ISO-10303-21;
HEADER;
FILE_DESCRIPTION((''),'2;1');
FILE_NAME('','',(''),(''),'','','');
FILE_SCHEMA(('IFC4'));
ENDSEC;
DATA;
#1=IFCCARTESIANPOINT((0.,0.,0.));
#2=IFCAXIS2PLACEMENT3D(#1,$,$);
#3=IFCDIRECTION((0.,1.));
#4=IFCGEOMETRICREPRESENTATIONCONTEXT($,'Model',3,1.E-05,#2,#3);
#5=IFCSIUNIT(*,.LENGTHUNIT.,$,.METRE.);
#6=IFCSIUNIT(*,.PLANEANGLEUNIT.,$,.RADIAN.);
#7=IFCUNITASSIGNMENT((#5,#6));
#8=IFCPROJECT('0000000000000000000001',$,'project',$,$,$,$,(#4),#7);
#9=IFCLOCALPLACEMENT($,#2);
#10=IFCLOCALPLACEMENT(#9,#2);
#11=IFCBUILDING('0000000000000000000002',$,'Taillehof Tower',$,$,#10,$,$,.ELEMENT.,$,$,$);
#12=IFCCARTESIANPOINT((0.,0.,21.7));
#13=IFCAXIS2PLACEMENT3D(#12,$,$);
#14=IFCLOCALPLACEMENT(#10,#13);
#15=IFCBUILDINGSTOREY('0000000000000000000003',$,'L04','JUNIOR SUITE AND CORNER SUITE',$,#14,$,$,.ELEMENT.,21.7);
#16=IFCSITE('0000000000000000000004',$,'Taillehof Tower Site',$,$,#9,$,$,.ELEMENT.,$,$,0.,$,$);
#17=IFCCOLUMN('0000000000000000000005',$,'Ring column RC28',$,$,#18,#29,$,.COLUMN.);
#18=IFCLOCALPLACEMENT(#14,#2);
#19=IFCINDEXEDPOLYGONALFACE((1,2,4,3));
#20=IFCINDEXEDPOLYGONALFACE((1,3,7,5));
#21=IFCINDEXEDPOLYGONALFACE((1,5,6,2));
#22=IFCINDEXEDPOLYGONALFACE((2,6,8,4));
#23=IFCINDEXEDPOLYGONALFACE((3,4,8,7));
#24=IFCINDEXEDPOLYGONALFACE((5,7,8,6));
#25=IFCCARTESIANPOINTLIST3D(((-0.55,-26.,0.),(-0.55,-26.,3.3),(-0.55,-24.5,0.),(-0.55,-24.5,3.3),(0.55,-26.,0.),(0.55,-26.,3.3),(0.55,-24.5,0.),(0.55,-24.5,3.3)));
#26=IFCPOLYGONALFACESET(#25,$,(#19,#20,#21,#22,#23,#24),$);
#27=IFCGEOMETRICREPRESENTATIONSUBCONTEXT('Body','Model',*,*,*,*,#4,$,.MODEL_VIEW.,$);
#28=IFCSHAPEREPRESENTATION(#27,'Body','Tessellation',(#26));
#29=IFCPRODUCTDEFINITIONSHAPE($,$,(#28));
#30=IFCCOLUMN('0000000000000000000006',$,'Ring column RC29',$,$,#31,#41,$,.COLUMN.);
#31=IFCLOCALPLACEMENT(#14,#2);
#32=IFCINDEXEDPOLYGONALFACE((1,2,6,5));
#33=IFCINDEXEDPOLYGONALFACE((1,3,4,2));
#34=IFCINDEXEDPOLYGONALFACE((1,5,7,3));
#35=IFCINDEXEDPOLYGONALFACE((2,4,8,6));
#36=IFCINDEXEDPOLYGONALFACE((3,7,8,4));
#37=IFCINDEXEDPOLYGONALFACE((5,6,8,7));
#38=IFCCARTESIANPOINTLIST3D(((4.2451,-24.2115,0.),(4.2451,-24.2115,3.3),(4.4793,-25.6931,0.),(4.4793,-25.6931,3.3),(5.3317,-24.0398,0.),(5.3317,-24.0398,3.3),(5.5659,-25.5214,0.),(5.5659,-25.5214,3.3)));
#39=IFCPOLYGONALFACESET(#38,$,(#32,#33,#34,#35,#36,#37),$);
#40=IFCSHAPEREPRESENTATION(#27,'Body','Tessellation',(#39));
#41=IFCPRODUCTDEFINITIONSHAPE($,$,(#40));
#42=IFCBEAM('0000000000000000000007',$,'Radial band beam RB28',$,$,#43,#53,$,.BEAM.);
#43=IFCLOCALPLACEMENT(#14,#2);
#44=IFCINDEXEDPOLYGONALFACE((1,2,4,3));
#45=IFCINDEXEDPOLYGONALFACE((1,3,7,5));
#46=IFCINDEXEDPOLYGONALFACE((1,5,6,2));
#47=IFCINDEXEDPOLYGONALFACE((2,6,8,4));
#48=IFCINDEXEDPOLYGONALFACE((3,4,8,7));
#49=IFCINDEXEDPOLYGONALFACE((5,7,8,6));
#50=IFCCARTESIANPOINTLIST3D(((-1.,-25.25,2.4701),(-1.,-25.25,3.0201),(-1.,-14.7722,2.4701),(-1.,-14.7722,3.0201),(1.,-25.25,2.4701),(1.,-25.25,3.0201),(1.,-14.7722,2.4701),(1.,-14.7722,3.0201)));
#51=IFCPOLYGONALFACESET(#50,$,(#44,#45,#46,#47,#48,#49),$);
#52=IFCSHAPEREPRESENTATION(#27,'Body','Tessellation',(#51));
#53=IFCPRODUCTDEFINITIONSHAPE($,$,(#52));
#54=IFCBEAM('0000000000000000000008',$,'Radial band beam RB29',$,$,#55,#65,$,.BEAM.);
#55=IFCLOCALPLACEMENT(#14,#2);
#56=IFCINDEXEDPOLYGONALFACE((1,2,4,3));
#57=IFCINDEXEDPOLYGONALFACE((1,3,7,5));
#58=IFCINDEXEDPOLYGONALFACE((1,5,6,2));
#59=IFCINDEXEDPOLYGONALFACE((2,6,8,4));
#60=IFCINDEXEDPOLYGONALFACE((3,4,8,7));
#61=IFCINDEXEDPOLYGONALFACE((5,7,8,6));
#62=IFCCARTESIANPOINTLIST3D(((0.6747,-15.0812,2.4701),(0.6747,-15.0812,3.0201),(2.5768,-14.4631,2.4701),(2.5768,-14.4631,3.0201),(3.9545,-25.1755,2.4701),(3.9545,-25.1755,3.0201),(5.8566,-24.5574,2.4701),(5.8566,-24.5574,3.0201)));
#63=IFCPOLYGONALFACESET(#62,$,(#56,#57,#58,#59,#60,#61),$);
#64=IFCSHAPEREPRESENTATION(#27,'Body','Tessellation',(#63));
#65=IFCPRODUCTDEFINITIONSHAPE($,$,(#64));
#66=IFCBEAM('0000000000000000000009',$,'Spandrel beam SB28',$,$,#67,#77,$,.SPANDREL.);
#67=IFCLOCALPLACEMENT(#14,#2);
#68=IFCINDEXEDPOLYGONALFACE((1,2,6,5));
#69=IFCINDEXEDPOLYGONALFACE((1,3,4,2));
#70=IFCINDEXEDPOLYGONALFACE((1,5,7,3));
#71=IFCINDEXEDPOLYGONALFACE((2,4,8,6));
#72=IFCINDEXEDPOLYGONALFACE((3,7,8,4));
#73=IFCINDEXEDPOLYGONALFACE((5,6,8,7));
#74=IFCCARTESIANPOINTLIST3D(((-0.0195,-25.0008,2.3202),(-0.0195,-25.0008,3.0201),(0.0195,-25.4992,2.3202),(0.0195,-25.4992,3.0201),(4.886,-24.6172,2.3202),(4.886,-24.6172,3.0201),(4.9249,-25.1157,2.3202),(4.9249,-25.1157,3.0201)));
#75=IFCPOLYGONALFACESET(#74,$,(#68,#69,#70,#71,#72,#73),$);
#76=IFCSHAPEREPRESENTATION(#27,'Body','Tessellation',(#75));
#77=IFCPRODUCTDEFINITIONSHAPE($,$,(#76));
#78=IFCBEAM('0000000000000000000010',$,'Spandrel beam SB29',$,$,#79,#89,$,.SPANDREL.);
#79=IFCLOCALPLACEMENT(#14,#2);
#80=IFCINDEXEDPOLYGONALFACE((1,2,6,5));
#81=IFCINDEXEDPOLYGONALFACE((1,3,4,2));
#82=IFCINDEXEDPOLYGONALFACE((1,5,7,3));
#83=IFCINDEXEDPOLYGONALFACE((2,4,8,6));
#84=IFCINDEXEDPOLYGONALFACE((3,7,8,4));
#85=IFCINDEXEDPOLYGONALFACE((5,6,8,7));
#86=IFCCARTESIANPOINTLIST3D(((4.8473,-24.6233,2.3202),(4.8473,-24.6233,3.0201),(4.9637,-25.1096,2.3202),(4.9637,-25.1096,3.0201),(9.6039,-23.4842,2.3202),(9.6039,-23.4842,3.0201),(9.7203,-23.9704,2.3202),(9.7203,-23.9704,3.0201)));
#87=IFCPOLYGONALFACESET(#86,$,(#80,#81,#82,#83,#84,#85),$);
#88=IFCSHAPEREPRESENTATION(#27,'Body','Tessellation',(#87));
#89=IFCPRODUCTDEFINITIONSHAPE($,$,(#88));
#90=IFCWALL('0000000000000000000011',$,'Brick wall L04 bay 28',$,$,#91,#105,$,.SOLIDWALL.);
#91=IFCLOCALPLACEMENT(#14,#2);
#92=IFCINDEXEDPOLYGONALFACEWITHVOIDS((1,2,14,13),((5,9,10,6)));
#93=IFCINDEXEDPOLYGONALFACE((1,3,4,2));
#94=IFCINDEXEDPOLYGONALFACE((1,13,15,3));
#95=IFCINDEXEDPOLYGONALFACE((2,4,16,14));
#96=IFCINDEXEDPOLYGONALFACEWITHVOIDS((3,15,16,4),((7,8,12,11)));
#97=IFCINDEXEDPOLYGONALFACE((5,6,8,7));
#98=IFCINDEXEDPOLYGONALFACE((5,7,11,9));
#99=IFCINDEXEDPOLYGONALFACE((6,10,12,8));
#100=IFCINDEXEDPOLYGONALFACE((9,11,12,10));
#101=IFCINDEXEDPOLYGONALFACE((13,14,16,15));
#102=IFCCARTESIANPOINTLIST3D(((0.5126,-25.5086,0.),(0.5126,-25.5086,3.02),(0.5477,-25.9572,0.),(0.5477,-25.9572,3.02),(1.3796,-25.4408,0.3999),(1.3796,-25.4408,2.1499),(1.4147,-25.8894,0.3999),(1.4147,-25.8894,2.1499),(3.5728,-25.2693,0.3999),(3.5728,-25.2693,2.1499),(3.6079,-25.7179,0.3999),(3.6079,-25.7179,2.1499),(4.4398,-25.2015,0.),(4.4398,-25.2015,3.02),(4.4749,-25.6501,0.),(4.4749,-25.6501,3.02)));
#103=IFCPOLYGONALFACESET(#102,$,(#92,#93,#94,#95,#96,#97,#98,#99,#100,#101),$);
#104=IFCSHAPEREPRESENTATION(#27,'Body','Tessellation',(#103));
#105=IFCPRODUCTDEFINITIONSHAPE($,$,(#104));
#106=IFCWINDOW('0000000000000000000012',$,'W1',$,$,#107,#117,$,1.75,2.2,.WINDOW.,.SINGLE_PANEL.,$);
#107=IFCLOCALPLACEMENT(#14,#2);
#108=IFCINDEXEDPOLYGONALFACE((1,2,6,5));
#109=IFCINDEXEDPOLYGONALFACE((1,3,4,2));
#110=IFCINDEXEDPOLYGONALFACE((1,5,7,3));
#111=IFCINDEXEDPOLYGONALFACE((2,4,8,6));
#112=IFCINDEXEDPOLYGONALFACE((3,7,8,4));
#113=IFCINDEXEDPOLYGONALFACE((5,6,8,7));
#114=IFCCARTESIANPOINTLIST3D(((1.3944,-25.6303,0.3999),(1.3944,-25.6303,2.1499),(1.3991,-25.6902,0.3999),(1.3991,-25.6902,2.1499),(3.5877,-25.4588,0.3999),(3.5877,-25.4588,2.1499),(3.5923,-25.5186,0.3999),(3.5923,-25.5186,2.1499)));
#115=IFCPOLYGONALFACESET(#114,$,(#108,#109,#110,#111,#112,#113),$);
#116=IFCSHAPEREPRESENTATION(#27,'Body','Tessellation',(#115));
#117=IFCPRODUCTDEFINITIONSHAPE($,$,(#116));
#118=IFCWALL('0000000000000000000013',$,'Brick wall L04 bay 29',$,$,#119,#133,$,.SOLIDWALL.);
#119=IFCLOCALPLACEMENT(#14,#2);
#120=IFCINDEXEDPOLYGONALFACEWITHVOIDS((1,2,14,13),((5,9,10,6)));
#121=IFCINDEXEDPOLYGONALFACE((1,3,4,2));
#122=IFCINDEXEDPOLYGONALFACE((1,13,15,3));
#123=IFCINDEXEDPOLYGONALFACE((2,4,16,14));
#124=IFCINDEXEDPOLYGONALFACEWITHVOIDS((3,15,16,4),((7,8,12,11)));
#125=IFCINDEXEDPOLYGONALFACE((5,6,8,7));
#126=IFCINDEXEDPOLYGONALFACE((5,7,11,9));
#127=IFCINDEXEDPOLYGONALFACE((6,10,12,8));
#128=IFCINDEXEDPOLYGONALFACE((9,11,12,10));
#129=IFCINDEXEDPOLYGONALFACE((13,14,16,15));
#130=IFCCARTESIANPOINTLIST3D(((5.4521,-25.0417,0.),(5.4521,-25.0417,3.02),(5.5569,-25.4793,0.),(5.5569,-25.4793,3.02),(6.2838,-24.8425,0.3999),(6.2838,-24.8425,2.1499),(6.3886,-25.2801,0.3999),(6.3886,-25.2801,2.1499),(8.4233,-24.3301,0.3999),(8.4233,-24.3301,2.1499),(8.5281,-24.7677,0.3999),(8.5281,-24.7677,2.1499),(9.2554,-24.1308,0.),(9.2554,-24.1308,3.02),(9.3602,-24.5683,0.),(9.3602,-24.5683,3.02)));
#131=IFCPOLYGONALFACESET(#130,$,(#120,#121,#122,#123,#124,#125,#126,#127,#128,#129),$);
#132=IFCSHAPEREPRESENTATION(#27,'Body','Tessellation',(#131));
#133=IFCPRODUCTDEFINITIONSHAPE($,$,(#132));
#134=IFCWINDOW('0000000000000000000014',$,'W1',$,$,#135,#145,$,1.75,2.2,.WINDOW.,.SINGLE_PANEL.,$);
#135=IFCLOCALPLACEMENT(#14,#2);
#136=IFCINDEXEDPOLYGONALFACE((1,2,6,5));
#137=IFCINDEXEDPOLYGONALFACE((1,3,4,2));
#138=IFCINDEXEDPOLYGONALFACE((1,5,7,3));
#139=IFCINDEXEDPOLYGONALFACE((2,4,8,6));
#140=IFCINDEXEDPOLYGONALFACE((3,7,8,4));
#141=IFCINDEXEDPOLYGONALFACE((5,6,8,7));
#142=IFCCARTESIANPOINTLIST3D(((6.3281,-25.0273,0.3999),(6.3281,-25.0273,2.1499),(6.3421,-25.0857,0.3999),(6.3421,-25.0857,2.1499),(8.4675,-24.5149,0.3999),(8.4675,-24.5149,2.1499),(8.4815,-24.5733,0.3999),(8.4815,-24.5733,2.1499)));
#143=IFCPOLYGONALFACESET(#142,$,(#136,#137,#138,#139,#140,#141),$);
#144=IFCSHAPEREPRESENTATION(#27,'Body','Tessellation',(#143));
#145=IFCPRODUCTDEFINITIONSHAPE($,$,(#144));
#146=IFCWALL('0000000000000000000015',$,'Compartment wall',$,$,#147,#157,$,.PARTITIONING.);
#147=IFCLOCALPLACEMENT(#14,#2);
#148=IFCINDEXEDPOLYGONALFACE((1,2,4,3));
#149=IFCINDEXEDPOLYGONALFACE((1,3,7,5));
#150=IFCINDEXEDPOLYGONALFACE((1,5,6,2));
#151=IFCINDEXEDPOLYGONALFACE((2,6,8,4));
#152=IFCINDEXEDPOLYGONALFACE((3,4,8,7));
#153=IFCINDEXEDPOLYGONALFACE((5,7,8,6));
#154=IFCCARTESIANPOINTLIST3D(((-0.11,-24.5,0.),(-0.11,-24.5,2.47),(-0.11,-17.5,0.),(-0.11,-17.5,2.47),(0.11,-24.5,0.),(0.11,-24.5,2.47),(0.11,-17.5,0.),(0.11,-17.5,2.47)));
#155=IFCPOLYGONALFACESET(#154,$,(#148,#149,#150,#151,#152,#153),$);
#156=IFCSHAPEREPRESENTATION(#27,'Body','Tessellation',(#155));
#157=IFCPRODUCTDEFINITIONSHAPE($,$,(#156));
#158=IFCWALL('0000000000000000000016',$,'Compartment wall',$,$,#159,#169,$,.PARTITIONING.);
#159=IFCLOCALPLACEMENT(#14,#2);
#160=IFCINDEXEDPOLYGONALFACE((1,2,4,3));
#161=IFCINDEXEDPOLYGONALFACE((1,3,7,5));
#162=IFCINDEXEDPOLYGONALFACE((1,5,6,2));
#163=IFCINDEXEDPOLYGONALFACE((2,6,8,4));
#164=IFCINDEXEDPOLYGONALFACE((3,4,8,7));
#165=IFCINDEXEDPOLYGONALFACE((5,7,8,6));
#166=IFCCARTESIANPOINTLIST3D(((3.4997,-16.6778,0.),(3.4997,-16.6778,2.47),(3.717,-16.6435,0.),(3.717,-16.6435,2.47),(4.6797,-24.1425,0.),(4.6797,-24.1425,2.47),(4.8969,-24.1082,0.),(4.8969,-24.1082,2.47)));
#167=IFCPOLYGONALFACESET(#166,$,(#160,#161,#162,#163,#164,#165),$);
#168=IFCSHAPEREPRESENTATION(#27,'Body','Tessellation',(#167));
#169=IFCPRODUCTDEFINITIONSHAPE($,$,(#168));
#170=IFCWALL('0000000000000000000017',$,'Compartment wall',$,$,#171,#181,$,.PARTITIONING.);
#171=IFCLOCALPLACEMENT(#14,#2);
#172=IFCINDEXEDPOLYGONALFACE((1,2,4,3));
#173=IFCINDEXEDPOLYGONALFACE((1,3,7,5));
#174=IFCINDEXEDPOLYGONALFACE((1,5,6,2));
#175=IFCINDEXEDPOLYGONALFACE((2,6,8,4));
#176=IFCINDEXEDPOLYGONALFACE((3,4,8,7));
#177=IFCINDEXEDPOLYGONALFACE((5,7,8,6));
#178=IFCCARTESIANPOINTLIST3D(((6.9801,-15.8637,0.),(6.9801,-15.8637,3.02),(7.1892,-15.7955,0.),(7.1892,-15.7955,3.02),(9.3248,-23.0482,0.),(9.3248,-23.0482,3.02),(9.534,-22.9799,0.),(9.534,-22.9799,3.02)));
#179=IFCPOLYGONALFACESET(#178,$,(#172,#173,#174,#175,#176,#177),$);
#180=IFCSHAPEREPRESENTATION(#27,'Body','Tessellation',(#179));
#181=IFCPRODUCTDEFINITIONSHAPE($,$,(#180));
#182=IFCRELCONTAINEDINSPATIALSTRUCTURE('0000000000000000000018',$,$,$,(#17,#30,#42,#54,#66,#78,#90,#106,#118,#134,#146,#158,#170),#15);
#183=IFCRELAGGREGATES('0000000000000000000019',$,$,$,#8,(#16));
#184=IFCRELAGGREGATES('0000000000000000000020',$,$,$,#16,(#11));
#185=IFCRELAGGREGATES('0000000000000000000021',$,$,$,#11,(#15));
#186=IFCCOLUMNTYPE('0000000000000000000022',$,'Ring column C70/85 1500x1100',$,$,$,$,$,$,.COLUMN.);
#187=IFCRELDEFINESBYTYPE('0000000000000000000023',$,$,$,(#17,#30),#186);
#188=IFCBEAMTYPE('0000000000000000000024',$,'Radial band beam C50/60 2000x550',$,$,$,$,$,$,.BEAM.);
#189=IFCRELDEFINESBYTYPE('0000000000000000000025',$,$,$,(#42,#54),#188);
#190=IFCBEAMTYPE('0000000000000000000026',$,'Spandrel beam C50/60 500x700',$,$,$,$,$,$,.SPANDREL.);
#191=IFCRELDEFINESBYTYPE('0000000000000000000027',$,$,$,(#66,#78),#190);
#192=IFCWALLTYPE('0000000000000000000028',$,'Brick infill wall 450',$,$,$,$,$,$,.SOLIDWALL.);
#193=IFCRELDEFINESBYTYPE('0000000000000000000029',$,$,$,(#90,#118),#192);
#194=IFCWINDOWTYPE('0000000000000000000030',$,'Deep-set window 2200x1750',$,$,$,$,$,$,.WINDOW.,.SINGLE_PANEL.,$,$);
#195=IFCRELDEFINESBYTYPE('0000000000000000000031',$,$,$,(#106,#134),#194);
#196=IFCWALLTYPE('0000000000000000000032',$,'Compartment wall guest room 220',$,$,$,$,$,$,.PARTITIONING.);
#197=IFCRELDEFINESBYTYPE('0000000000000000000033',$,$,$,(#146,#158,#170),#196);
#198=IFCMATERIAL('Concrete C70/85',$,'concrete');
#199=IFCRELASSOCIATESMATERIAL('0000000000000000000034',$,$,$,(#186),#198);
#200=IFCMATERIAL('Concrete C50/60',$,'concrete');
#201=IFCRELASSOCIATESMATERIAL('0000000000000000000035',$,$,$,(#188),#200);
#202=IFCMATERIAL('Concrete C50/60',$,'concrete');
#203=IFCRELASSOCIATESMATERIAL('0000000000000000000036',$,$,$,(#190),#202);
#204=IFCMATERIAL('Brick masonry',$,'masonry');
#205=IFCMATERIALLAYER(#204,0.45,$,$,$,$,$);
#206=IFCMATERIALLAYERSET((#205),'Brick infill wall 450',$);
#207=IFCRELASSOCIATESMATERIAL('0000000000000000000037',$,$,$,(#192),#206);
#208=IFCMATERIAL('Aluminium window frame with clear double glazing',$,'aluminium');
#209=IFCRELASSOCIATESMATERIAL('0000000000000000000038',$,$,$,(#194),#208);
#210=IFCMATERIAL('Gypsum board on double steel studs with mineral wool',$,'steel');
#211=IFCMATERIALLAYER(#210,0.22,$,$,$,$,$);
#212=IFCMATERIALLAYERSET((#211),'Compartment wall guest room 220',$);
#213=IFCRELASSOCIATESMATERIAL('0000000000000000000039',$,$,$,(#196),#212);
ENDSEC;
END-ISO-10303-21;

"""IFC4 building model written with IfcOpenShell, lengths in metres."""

from ifc_helpers import new_model, si_unit, direction, frame, frame_2d, origin, origin_2d, place, context, subcontext, project, spatial, rectangle, extrude, material, layer, layer_set, material_profile, profile_set, type_object, element, fill, save


model = new_model("IFC4")

# Units and contexts
model_context = context("Model", 3, precision=1e-05, world=origin(), true_north=direction((0.0, 1.0)))
body_context = subcontext(model_context, "Body", "Model", "MODEL_VIEW")
ifc_project = project(units=[si_unit("LENGTHUNIT", "METRE"), si_unit("PLANEANGLEUNIT", "RADIAN")], contexts=[model_context])

# Site, building, storey
site_placement = place(None, origin())
site = spatial("IfcSite", under=ifc_project, at=site_placement, Name="Taillehof Tower Site", CompositionType="ELEMENT", RefElevation=0.0)
building_placement = place(site_placement, origin())
building = spatial("IfcBuilding", under=site, at=building_placement, Name="Taillehof Tower", CompositionType="ELEMENT")
storey_placement = place(building_placement, frame((0.0, 0.0, 21.7)))
storey = spatial("IfcBuildingStorey", under=building, at=storey_placement, Name="L04", Description="JUNIOR SUITE AND CORNER SUITE", CompositionType="ELEMENT", Elevation=21.7)

# Columns
ifc_material_1 = material(Name="Concrete C70/85", Category="concrete")
ifc_material_profile_1 = material_profile(ifc_material_1, rectangle(XDim=1.5, YDim=1.1001, at=origin_2d()), Name="RC 1500x1100")
ifc_profile_set_1 = profile_set([ifc_material_profile_1], Name="Concrete C70/85")
column_type = type_object("IfcColumnType", Name="Ring column C70/85 1500x1100", PredefinedType="COLUMN", material=ifc_profile_set_1)
for number, where, z_axis, x_axis, name in (
    (1, (0.0, -25.25, 0.0), (0.0, 0.0, 1.0), (0.0, -1.0, 0.0), "Ring column RC28"),
    (2, (4.9055, -24.8665, 0.0), (0.0, 0.0, 1.0), (0.156147, -0.987734, 0.0), "Ring column RC29"),
):
    element("IfcColumn", number, at=place(storey_placement, frame(where, z_axis=z_axis, x_axis=x_axis)), inside=storey, type_object=column_type, Name=name, PredefinedType="COLUMN", context=body_context, shape_type="SweptSolid", body=[
        extrude(rectangle(XDim=1.5, YDim=1.1001, at=origin_2d()), origin(), (0.0, 0.0, 1.0), 3.3),
    ])

# Beams
ifc_material_2 = material(Name="Concrete C50/60", Category="concrete")
ifc_material_profile_2 = material_profile(ifc_material_2, rectangle(XDim=2.0, YDim=0.55, at=origin_2d()), Name="RC 2000x550")
ifc_profile_set_2 = profile_set([ifc_material_profile_2], Name="Concrete C50/60")
beam_type_1 = type_object("IfcBeamType", Name="Radial band beam C50/60 2000x550", PredefinedType="BEAM", material=ifc_profile_set_2)
beam_1_placement = place(storey_placement, frame((0.0, -25.25, 2.7451), z_axis=(0.0, 1.0, 0.0), x_axis=(-1.0, 0.0, 0.0)))
element("IfcBeam", 3, at=beam_1_placement, inside=storey, type_object=beam_type_1, Name="Radial band beam RB28", PredefinedType="BEAM", context=body_context, shape_type="SweptSolid", body=[
    extrude(rectangle(XDim=2.0, YDim=0.55, at=origin_2d()), origin(), (0.0, 0.0, 1.0), 10.4778),
])
beam_2_placement = place(storey_placement, frame((4.9055, -24.8665, 2.7451), z_axis=(-0.309014, 0.951057, 0.0), x_axis=(-0.951057, -0.309014, 0.0)))
element("IfcBeam", 4, at=beam_2_placement, inside=storey, type_object=beam_type_1, Name="Radial band beam RB29", PredefinedType="BEAM", context=body_context, shape_type="SweptSolid", body=[
    extrude(rectangle(XDim=2.0, YDim=0.55, at=origin_2d()), origin(), (0.0, 0.0, 1.0), 10.6138),
])
ifc_material_3 = material(Name="Concrete C50/60", Category="concrete")
ifc_material_profile_3 = material_profile(ifc_material_3, rectangle(XDim=0.5, YDim=0.7, at=origin_2d()), Name="RC 500x700")
ifc_profile_set_3 = profile_set([ifc_material_profile_3], Name="Concrete C50/60")
beam_type_2 = type_object("IfcBeamType", Name="Spandrel beam C50/60 500x700", PredefinedType="SPANDREL", material=ifc_profile_set_3)
beam_3_placement = place(storey_placement, frame((0.0, -25.25, 2.6702), z_axis=(0.996957, 0.077949, 0.0), x_axis=(-0.077949, 0.996957, 0.0)))
element("IfcBeam", 5, at=beam_3_placement, inside=storey, type_object=beam_type_2, Name="Spandrel beam SB28", PredefinedType="SPANDREL", context=body_context, shape_type="SweptSolid", body=[
    extrude(rectangle(XDim=0.5, YDim=0.7, at=origin_2d()), origin(), (0.0, 0.0, 1.0), 4.9204),
])
beam_4_placement = place(storey_placement, frame((4.9055, -24.8665, 2.6702), z_axis=(0.9725, 0.232905, 0.0), x_axis=(-0.232905, 0.9725, 0.0)))
element("IfcBeam", 6, at=beam_4_placement, inside=storey, type_object=beam_type_2, Name="Spandrel beam SB29", PredefinedType="SPANDREL", context=body_context, shape_type="SweptSolid", body=[
    extrude(rectangle(XDim=0.5, YDim=0.7, at=origin_2d()), origin(), (0.0, 0.0, 1.0), 4.8911),
])

# Walls, openings, windows
ifc_material_4 = material(Name="Brick masonry", Category="masonry")
ifc_layer_1 = layer(ifc_material_4, 0.45)
ifc_layer_set_1 = layer_set([ifc_layer_1], Name="Brick infill wall 450")
wall_type_1 = type_object("IfcWallType", Name="Brick infill wall 450", PredefinedType="SOLIDWALL", material=ifc_layer_set_1)
wall_1_placement = place(storey_placement, frame((0.53, -25.7329, 0.0), z_axis=(0.0, 0.0, 1.0), x_axis=(0.996956, 0.077967, 0.0)))
wall_1 = element("IfcWall", 7, at=wall_1_placement, inside=storey, type_object=wall_type_1, Name="Brick wall L04 bay 28", PredefinedType="SOLIDWALL", context=body_context, shape_type="SweptSolid", body=[
    extrude(rectangle(XDim=3.9392, YDim=0.45, at=frame_2d((1.9697, 0.0))), origin(), (0.0, 0.0, 1.0), 3.02),
])
opening_1_placement = place(wall_1_placement, frame((0.8696, 0.0, 0.3999)))
opening_1 = element("IfcOpeningElement", 8, at=opening_1_placement, cuts=wall_1, PredefinedType="OPENING", context=body_context, shape_type="SweptSolid", body=[
    extrude(rectangle(XDim=2.2, YDim=1.75, at=frame_2d((1.1001, 0.875))), frame((0.0, 0.2349, 0.0), z_axis=(0.0, -1.0, 0.0), x_axis=(1.0, 0.0, 0.0)), (0.0, 0.0, 1.0), 0.47),
])
ifc_material_5 = material(Name="Aluminium window frame with clear double glazing", Category="aluminium")
window_type = type_object("IfcWindowType", Name="Deep-set window 2200x1750", PartitioningType="SINGLE_PANEL", PredefinedType="WINDOW", material=ifc_material_5)
window_1_placement = place(opening_1_placement, origin())
window_1 = element("IfcWindow", 9, at=window_1_placement, inside=storey, type_object=window_type, Name="W1", OverallHeight=1.75, OverallWidth=2.2, PartitioningType="SINGLE_PANEL", PredefinedType="WINDOW", context=body_context, shape_type="SweptSolid", body=[
    extrude(rectangle(XDim=2.2, YDim=1.75, at=frame_2d((1.1001, 0.875))), frame((0.0, 0.0349, 0.0), z_axis=(0.0, -1.0, 0.0), x_axis=(1.0, 0.0, 0.0)), (0.0, 0.0, 1.0), 0.0601),
])
fill(opening_1, window_1)
wall_2_placement = place(storey_placement, frame((5.5044, -25.2605, 0.0), z_axis=(0.0, 0.0, 1.0), x_axis=(0.972497, 0.232917, 0.0)))
wall_2 = element("IfcWall", 10, at=wall_2_placement, inside=storey, type_object=wall_type_1, Name="Brick wall L04 bay 29", PredefinedType="SOLIDWALL", context=body_context, shape_type="SweptSolid", body=[
    extrude(rectangle(XDim=3.9109, YDim=0.45, at=frame_2d((1.9556, 0.0))), origin(), (0.0, 0.0, 1.0), 3.02),
])
opening_2_placement = place(wall_2_placement, frame((0.8552, 0.0, 0.3999)))
opening_2 = element("IfcOpeningElement", 11, at=opening_2_placement, cuts=wall_2, PredefinedType="OPENING", context=body_context, shape_type="SweptSolid", body=[
    extrude(rectangle(XDim=2.2, YDim=1.75, at=frame_2d((1.1001, 0.875))), frame((0.0, 0.2349, 0.0), z_axis=(0.0, -1.0, 0.0), x_axis=(1.0, 0.0, 0.0)), (0.0, 0.0, 1.0), 0.47),
])
window_2_placement = place(opening_2_placement, origin())
window_2 = element("IfcWindow", 12, at=window_2_placement, inside=storey, type_object=window_type, Name="W1", OverallHeight=1.75, OverallWidth=2.2, PartitioningType="SINGLE_PANEL", PredefinedType="WINDOW", context=body_context, shape_type="SweptSolid", body=[
    extrude(rectangle(XDim=2.2, YDim=1.75, at=frame_2d((1.1001, 0.875))), frame((0.0, 0.0349, 0.0), z_axis=(0.0, -1.0, 0.0), x_axis=(1.0, 0.0, 0.0)), (0.0, 0.0, 1.0), 0.0601),
])
fill(opening_2, window_2)

# Walls
ifc_material_6 = material(Name="Gypsum board on double steel studs with mineral wool", Category="steel")
ifc_layer_2 = layer(ifc_material_6, 0.22)
ifc_layer_set_2 = layer_set([ifc_layer_2], Name="Compartment wall guest room 220")
wall_type_2 = type_object("IfcWallType", Name="Compartment wall guest room 220", PredefinedType="PARTITIONING", material=ifc_layer_set_2)
wall_3_placement = place(storey_placement, frame((0.0, -24.5, 0.0), z_axis=(0.0, 0.0, 1.0), x_axis=(0.0, 1.0, 0.0)))
element("IfcWall", 13, at=wall_3_placement, inside=storey, type_object=wall_type_2, Name="Compartment wall", PredefinedType="PARTITIONING", context=body_context, shape_type="SweptSolid", body=[
    extrude(rectangle(XDim=7.0, YDim=0.22, at=frame_2d((3.5, 0.0))), origin(), (0.0, 0.0, 1.0), 2.47),
])
wall_4_placement = place(storey_placement, frame((4.7883, -24.1255, 0.0), z_axis=(0.0, 0.0, 1.0), x_axis=(-0.156132, 0.987736, 0.0)))
element("IfcWall", 14, at=wall_4_placement, inside=storey, type_object=wall_type_2, Name="Compartment wall", PredefinedType="PARTITIONING", context=body_context, shape_type="SweptSolid", body=[
    extrude(rectangle(XDim=7.5574, YDim=0.22, at=frame_2d((3.7788, 0.0))), origin(), (0.0, 0.0, 1.0), 2.47),
])
wall_5_placement = place(storey_placement, frame((9.4294, -23.0142, 0.0), z_axis=(0.0, 0.0, 1.0), x_axis=(-0.310261, 0.950651, 0.0)))
element("IfcWall", 15, at=wall_5_placement, inside=storey, type_object=wall_type_2, Name="Compartment wall", PredefinedType="PARTITIONING", context=body_context, shape_type="SweptSolid", body=[
    extrude(rectangle(XDim=7.5574, YDim=0.22, at=frame_2d((3.7788, 0.0))), origin(), (0.0, 0.0, 1.0), 3.02),
])

save(model, "model.ifc")
